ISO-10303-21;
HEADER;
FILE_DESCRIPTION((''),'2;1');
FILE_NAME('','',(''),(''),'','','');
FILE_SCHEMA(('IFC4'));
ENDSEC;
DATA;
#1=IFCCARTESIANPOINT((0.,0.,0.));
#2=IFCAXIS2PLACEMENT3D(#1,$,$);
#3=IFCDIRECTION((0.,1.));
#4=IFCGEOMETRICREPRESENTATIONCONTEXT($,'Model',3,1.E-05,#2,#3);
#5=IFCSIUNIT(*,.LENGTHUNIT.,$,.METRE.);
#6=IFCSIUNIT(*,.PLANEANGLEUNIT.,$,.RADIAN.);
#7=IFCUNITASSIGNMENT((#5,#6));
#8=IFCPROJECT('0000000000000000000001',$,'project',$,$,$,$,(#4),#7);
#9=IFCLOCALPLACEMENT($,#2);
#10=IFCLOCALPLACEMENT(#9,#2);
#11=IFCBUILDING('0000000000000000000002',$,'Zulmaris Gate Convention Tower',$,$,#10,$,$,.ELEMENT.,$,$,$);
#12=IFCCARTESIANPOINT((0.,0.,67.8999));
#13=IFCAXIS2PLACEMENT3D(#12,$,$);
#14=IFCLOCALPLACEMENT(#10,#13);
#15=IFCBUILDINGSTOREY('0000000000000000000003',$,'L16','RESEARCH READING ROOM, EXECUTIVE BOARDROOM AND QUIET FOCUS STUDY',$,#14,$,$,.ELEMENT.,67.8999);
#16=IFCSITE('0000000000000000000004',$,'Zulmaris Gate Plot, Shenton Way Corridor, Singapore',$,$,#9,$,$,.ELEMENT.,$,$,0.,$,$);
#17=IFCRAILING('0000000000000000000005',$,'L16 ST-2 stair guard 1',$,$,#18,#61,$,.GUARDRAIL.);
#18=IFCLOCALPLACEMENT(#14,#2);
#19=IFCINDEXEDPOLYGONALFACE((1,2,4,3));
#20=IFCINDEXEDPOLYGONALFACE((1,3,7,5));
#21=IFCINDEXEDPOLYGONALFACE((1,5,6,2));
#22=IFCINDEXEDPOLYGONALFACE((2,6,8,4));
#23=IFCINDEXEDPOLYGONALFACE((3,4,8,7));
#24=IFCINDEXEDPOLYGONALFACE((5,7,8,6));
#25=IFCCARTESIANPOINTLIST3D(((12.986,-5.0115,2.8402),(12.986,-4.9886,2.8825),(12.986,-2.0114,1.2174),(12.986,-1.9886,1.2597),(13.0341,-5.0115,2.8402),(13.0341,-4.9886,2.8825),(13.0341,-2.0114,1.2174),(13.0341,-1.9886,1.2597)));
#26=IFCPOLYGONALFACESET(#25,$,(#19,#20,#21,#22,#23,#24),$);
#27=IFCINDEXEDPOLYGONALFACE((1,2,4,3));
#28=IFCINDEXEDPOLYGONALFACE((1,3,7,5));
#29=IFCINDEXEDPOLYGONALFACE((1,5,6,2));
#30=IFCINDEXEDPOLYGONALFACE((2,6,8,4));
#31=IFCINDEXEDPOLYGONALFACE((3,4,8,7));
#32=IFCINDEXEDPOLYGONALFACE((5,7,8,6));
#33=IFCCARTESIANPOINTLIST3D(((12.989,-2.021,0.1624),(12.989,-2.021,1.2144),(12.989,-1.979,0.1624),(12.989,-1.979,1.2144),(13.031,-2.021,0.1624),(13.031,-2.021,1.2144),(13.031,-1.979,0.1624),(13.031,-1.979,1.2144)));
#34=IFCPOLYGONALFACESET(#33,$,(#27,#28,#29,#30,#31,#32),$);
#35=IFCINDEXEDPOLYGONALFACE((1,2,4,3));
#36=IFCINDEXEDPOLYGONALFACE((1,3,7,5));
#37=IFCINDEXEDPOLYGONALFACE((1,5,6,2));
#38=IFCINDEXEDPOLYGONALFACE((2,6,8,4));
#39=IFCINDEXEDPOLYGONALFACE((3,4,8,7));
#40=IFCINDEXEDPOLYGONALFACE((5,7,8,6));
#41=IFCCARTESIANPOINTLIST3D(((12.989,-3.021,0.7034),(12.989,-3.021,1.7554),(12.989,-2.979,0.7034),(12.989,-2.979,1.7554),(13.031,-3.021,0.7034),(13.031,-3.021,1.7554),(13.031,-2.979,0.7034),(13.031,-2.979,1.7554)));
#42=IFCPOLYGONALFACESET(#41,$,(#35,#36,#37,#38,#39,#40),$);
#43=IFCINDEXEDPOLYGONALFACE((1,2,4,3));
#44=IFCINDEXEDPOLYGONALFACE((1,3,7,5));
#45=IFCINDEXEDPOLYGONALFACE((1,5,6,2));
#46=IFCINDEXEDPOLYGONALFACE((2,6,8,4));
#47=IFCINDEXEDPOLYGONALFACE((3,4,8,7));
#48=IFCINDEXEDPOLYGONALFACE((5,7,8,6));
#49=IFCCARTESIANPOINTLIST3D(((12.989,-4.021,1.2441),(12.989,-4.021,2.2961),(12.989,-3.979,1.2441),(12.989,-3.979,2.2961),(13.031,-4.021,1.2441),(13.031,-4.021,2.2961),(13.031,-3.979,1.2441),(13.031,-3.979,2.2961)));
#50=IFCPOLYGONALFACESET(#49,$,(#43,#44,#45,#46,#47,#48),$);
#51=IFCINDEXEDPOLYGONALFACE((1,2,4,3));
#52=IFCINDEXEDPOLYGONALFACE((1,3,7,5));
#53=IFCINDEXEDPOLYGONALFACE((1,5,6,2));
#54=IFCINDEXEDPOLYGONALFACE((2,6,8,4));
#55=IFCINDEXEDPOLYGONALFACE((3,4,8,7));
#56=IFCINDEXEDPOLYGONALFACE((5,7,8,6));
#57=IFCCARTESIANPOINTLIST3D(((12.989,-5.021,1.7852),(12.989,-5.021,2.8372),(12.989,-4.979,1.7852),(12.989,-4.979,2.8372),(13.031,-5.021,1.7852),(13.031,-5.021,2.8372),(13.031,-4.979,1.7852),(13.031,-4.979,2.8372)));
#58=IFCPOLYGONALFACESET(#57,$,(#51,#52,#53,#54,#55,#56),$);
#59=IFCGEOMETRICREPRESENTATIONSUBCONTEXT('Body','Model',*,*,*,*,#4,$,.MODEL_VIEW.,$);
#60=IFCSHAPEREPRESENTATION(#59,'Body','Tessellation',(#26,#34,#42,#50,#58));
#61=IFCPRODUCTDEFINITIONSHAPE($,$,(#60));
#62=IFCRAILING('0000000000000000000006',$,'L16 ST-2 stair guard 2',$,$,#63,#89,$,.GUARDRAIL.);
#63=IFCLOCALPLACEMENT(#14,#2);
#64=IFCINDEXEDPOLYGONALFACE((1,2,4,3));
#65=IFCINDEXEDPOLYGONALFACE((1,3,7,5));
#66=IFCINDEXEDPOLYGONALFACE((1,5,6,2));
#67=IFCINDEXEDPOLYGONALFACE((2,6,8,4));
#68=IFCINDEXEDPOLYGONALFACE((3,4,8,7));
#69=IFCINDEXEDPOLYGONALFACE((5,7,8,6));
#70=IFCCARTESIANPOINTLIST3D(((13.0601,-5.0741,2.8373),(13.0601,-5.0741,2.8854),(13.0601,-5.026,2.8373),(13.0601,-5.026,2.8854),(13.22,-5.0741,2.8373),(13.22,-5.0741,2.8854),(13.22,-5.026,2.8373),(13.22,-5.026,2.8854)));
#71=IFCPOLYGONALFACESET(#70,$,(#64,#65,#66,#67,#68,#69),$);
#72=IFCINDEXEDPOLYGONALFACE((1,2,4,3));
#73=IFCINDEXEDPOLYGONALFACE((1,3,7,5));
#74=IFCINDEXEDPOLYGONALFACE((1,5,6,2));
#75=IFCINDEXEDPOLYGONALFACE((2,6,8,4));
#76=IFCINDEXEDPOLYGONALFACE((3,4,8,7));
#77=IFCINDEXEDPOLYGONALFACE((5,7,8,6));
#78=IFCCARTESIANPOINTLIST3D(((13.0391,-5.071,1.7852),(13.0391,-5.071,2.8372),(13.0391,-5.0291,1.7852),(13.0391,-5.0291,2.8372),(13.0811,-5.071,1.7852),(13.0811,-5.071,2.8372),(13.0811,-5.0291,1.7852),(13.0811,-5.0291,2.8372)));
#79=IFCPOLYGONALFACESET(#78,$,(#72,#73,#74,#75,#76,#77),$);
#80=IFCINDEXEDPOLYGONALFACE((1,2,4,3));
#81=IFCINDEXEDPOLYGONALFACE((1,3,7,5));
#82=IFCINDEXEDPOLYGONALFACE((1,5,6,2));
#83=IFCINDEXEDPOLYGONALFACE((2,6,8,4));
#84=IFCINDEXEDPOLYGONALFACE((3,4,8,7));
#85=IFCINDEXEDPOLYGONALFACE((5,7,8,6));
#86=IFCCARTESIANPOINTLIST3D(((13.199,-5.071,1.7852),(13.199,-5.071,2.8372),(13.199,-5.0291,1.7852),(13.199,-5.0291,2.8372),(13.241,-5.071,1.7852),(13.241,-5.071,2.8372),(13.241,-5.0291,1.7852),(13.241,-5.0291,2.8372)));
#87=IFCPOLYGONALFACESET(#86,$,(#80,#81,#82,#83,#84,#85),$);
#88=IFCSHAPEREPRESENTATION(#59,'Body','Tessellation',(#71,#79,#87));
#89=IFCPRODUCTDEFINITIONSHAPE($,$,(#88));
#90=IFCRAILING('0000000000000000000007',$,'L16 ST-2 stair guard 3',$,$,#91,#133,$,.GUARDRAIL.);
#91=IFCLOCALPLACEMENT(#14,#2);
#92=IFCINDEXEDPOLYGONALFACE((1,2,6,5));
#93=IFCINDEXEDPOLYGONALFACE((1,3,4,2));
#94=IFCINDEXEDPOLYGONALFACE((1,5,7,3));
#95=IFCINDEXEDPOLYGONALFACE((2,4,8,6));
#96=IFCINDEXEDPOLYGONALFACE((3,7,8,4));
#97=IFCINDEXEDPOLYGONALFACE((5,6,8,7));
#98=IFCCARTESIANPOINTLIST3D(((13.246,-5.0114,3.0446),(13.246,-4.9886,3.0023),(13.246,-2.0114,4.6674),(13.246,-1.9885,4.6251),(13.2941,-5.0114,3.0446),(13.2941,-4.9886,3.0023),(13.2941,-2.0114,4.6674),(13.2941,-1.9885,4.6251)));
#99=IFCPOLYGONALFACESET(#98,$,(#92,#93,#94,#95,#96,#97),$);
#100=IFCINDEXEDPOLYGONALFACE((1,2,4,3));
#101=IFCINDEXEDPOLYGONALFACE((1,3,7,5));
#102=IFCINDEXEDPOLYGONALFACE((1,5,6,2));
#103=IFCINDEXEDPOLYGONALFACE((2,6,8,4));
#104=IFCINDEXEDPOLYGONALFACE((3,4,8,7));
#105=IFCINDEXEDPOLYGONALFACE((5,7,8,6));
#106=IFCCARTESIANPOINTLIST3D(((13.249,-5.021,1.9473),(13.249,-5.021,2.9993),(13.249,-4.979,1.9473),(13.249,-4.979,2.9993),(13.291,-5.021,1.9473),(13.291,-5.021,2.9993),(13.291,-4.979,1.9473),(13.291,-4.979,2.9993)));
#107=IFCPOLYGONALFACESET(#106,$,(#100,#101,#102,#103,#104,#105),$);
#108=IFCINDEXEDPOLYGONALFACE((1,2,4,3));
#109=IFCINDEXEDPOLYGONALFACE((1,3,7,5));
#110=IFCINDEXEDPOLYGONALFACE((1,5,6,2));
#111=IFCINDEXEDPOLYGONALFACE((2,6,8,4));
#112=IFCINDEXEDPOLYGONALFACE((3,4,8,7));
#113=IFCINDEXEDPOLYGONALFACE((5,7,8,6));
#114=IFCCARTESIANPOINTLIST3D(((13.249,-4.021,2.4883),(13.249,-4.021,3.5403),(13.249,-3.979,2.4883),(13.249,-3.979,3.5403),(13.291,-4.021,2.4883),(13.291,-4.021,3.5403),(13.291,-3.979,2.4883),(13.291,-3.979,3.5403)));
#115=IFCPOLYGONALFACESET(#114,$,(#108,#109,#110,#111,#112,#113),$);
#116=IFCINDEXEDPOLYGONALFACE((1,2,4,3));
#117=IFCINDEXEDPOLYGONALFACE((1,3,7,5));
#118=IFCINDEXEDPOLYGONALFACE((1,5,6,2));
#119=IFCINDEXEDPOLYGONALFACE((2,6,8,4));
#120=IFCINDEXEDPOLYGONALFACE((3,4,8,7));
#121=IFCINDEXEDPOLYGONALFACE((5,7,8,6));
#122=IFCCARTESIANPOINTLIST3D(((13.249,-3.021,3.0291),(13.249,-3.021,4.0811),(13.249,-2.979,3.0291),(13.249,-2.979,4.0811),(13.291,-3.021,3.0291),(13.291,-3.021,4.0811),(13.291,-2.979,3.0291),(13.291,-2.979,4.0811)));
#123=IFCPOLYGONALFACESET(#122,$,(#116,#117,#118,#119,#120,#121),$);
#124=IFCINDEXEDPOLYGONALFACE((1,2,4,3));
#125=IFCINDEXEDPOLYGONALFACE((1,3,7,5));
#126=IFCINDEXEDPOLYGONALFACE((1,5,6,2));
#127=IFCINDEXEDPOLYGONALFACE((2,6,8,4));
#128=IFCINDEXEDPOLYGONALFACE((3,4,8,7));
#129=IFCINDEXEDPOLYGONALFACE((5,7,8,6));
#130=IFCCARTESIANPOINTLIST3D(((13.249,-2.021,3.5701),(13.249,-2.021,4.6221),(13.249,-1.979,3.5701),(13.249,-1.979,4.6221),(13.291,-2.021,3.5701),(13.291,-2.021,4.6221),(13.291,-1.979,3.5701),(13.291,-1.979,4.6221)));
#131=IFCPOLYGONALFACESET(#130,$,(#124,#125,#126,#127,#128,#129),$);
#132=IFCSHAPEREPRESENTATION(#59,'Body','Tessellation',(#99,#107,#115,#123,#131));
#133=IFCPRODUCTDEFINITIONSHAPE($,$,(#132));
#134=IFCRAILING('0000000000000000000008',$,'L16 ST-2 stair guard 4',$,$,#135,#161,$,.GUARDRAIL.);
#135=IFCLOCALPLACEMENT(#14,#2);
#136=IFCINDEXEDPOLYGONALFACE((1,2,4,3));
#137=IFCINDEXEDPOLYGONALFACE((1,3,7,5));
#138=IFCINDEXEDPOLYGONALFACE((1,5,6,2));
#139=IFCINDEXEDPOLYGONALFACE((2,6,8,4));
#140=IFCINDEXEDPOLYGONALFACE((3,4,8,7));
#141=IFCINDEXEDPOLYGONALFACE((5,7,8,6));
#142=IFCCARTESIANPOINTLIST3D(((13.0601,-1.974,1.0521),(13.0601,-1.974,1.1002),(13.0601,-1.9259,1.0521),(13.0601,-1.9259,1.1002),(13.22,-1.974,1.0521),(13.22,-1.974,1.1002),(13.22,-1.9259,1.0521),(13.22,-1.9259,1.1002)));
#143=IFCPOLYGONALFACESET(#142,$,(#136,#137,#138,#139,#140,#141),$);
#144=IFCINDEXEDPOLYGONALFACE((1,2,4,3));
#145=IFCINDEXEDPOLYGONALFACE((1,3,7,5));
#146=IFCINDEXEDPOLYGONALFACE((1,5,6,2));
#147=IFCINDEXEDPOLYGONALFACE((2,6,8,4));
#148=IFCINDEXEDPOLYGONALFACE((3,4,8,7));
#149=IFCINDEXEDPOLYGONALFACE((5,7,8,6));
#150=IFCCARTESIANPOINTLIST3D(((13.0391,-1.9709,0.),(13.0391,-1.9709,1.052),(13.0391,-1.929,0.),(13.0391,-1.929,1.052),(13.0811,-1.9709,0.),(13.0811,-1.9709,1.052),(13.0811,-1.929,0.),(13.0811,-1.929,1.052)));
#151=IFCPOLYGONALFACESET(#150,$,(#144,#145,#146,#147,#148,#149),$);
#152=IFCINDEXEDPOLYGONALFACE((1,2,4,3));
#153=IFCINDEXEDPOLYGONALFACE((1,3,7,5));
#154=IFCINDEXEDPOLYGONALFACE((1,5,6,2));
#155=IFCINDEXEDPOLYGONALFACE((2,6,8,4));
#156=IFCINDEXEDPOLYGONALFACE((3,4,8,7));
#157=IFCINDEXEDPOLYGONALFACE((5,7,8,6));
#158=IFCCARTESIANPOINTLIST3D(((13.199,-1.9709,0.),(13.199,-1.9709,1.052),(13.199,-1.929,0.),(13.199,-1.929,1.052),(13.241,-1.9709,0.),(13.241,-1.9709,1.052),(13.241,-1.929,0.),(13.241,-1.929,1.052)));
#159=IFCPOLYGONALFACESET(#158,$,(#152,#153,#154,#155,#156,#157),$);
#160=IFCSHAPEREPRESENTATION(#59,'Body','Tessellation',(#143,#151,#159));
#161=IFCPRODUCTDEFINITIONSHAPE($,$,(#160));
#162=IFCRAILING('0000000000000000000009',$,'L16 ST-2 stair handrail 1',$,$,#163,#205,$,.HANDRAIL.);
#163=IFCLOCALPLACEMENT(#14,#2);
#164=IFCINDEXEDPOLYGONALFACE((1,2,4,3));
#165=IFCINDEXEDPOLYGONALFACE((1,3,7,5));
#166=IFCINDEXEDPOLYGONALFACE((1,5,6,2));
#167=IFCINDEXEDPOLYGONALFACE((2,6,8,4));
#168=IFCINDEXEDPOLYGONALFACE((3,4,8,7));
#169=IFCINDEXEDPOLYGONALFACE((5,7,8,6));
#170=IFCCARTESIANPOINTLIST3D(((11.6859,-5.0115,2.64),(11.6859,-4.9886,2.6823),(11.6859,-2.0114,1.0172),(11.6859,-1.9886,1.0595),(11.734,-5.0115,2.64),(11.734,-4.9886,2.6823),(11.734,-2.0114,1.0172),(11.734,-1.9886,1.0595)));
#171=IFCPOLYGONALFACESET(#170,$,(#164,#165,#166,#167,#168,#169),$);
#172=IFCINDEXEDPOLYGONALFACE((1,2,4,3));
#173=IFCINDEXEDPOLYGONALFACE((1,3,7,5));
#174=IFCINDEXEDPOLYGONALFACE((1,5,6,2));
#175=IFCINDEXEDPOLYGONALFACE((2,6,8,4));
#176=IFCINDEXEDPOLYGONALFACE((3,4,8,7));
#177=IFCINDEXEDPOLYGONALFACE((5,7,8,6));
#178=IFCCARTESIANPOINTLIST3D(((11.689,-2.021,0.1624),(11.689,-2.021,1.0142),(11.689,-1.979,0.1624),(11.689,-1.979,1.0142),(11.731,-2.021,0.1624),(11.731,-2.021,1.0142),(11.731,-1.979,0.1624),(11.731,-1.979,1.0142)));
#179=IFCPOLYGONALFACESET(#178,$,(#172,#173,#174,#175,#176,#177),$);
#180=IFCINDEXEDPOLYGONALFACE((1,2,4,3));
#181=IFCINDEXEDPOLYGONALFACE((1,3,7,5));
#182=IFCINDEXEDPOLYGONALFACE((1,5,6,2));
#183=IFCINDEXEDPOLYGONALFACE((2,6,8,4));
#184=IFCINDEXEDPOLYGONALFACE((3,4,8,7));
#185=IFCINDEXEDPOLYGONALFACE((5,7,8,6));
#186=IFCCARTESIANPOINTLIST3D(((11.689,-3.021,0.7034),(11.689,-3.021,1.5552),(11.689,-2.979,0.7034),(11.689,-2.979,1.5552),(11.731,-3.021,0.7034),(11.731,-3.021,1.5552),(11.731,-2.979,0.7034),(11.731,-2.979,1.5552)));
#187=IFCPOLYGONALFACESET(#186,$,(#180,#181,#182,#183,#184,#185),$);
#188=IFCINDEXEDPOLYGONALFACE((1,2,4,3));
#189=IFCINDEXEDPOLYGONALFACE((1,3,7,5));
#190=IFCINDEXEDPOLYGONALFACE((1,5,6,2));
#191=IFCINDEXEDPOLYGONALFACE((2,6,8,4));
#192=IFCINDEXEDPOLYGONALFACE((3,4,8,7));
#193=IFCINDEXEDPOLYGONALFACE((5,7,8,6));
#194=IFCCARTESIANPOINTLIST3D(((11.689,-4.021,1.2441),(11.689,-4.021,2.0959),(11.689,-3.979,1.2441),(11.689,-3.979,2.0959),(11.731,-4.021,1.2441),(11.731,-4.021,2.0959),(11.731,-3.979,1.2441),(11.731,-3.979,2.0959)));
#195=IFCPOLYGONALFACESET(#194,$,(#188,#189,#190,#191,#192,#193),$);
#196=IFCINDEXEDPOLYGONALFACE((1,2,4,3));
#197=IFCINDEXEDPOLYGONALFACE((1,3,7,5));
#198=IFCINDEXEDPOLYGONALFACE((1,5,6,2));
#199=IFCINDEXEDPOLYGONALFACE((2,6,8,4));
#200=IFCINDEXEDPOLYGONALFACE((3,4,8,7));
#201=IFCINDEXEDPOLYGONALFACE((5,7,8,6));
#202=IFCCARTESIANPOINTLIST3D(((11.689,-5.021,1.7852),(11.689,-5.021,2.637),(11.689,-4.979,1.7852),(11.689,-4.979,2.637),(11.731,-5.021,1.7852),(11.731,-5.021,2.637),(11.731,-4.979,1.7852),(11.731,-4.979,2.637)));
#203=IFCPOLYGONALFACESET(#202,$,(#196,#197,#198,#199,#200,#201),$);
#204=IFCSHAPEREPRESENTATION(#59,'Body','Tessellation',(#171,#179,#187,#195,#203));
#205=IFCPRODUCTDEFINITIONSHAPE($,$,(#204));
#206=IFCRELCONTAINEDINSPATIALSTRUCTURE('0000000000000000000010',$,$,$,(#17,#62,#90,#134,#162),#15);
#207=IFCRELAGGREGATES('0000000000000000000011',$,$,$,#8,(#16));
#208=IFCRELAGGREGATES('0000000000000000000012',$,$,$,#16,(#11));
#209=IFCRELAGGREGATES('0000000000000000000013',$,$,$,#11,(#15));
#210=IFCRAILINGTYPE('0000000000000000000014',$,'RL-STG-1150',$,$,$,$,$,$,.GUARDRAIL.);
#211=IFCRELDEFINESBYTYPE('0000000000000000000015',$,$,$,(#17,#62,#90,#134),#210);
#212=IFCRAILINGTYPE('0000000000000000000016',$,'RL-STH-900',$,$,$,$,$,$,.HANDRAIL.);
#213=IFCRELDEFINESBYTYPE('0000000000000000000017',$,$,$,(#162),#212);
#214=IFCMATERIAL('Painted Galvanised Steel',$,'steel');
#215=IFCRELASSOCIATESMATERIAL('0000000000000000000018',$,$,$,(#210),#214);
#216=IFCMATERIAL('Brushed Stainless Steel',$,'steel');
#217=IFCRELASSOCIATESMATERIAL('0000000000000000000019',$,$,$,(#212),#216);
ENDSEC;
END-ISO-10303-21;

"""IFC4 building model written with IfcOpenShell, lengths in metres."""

from ifc_helpers import new_model, si_unit, direction, frame, origin, origin_2d, place, context, subcontext, project, spatial, rectangle, extrude, material, type_object, element, save


model = new_model("IFC4")

# Units and contexts
model_context = context("Model", 3, precision=1e-05, world=origin(), true_north=direction((0.0, 1.0)))
body_context = subcontext(model_context, "Body", "Model", "MODEL_VIEW")
ifc_project = project(units=[si_unit("LENGTHUNIT", "METRE"), si_unit("PLANEANGLEUNIT", "RADIAN")], contexts=[model_context])

# Site, building, storey
site_placement = place(None, origin())
site = spatial("IfcSite", under=ifc_project, at=site_placement, Name="Zulmaris Gate Plot, Shenton Way Corridor, Singapore", CompositionType="ELEMENT", RefElevation=0.0)
building_placement = place(site_placement, origin())
building = spatial("IfcBuilding", under=site, at=building_placement, Name="Zulmaris Gate Convention Tower", CompositionType="ELEMENT")
storey_placement = place(building_placement, frame((0.0, 0.0, 67.8999)))
storey = spatial("IfcBuildingStorey", under=building, at=storey_placement, Name="L16", Description="RESEARCH READING ROOM, EXECUTIVE BOARDROOM AND QUIET FOCUS STUDY", CompositionType="ELEMENT", Elevation=67.8999)

# Railings
ifc_material_1 = material(Name="Painted Galvanised Steel", Category="steel")
railing_type_1 = type_object("IfcRailingType", Name="RL-STG-1150", PredefinedType="GUARDRAIL", material=ifc_material_1)
railing_1_placement = place(storey_placement, frame((13.01, -2.0, 0.1624)))
element("IfcRailing", 1, at=railing_1_placement, inside=storey, type_object=railing_type_1, Name="L16 ST-2 stair guard 1", PredefinedType="GUARDRAIL", context=body_context, shape_type="SweptSolid", body=[
    extrude(rectangle(XDim=0.0481, YDim=0.0481, at=origin_2d()), frame((0.0, 0.0, 1.0762), z_axis=(0.0, -0.879562, 0.475785), x_axis=(1.0, 0.0, 0.0)), (0.0, 0.0, 1.0), 3.4109),
    extrude(rectangle(XDim=0.042, YDim=0.042, at=origin_2d()), origin(), (0.0, 0.0, 1.0), 1.052),
    extrude(rectangle(XDim=0.042, YDim=0.042, at=origin_2d()), frame((0.0, -1.0, 0.541)), (0.0, 0.0, 1.0), 1.052),
    extrude(rectangle(XDim=0.042, YDim=0.042, at=origin_2d()), frame((0.0, -2.0, 1.0818)), (0.0, 0.0, 1.0), 1.052),
    extrude(rectangle(XDim=0.042, YDim=0.042, at=origin_2d()), frame((0.0, -3.0, 1.6228)), (0.0, 0.0, 1.0), 1.052),
])
railing_2_placement = place(storey_placement, frame((13.0601, -5.05, 1.7852)))
element("IfcRailing", 2, at=railing_2_placement, inside=storey, type_object=railing_type_1, Name="L16 ST-2 stair guard 2", PredefinedType="GUARDRAIL", context=body_context, shape_type="SweptSolid", body=[
    extrude(rectangle(XDim=0.0481, YDim=0.0481, at=origin_2d()), frame((0.0, 0.0, 1.0762), z_axis=(1.0, 0.0, 0.0), x_axis=(0.0, 1.0, 0.0)), (0.0, 0.0, 1.0), 0.1599),
    extrude(rectangle(XDim=0.042, YDim=0.042, at=origin_2d()), origin(), (0.0, 0.0, 1.0), 1.052),
    extrude(rectangle(XDim=0.042, YDim=0.042, at=origin_2d()), frame((0.1599, 0.0, 0.0)), (0.0, 0.0, 1.0), 1.052),
])
railing_3_placement = place(storey_placement, frame((13.27, -5.0, 1.9473)))
element("IfcRailing", 3, at=railing_3_placement, inside=storey, type_object=railing_type_1, Name="L16 ST-2 stair guard 3", PredefinedType="GUARDRAIL", context=body_context, shape_type="SweptSolid", body=[
    extrude(rectangle(XDim=0.0481, YDim=0.0481, at=origin_2d()), frame((0.0, 0.0, 1.0762), z_axis=(0.0, 0.879562, 0.475785), x_axis=(-1.0, 0.0, 0.0)), (0.0, 0.0, 1.0), 3.4109),
    extrude(rectangle(XDim=0.042, YDim=0.042, at=origin_2d()), origin(), (0.0, 0.0, 1.0), 1.052),
    extrude(rectangle(XDim=0.042, YDim=0.042, at=origin_2d()), frame((0.0, 1.0, 0.541)), (0.0, 0.0, 1.0), 1.052),
    extrude(rectangle(XDim=0.042, YDim=0.042, at=origin_2d()), frame((0.0, 2.0, 1.0818)), (0.0, 0.0, 1.0), 1.052),
    extrude(rectangle(XDim=0.042, YDim=0.042, at=origin_2d()), frame((0.0, 3.0, 1.6228)), (0.0, 0.0, 1.0), 1.052),
])
railing_4_placement = place(storey_placement, frame((13.0601, -1.95, 0.0)))
element("IfcRailing", 4, at=railing_4_placement, inside=storey, type_object=railing_type_1, Name="L16 ST-2 stair guard 4", PredefinedType="GUARDRAIL", context=body_context, shape_type="SweptSolid", body=[
    extrude(rectangle(XDim=0.0481, YDim=0.0481, at=origin_2d()), frame((0.0, 0.0, 1.0762), z_axis=(1.0, 0.0, 0.0), x_axis=(0.0, 1.0, 0.0)), (0.0, 0.0, 1.0), 0.1599),
    extrude(rectangle(XDim=0.042, YDim=0.042, at=origin_2d()), origin(), (0.0, 0.0, 1.0), 1.052),
    extrude(rectangle(XDim=0.042, YDim=0.042, at=origin_2d()), frame((0.1599, 0.0, 0.0)), (0.0, 0.0, 1.0), 1.052),
])
ifc_material_2 = material(Name="Brushed Stainless Steel", Category="steel")
railing_type_2 = type_object("IfcRailingType", Name="RL-STH-900", PredefinedType="HANDRAIL", material=ifc_material_2)
railing_5_placement = place(storey_placement, frame((11.71, -2.0, 0.1624)))
element("IfcRailing", 5, at=railing_5_placement, inside=storey, type_object=railing_type_2, Name="L16 ST-2 stair handrail 1", PredefinedType="HANDRAIL", context=body_context, shape_type="SweptSolid", body=[
    extrude(rectangle(XDim=0.0481, YDim=0.0481, at=origin_2d()), frame((0.0, 0.0, 0.876), z_axis=(0.0, -0.879562, 0.475785), x_axis=(1.0, 0.0, 0.0)), (0.0, 0.0, 1.0), 3.4109),
    extrude(rectangle(XDim=0.042, YDim=0.042, at=origin_2d()), origin(), (0.0, 0.0, 1.0), 0.8518),
    extrude(rectangle(XDim=0.042, YDim=0.042, at=origin_2d()), frame((0.0, -1.0, 0.541)), (0.0, 0.0, 1.0), 0.8518),
    extrude(rectangle(XDim=0.042, YDim=0.042, at=origin_2d()), frame((0.0, -2.0, 1.0818)), (0.0, 0.0, 1.0), 0.8518),
    extrude(rectangle(XDim=0.042, YDim=0.042, at=origin_2d()), frame((0.0, -3.0, 1.6228)), (0.0, 0.0, 1.0), 0.8518),
])

save(model, "model.ifc")
